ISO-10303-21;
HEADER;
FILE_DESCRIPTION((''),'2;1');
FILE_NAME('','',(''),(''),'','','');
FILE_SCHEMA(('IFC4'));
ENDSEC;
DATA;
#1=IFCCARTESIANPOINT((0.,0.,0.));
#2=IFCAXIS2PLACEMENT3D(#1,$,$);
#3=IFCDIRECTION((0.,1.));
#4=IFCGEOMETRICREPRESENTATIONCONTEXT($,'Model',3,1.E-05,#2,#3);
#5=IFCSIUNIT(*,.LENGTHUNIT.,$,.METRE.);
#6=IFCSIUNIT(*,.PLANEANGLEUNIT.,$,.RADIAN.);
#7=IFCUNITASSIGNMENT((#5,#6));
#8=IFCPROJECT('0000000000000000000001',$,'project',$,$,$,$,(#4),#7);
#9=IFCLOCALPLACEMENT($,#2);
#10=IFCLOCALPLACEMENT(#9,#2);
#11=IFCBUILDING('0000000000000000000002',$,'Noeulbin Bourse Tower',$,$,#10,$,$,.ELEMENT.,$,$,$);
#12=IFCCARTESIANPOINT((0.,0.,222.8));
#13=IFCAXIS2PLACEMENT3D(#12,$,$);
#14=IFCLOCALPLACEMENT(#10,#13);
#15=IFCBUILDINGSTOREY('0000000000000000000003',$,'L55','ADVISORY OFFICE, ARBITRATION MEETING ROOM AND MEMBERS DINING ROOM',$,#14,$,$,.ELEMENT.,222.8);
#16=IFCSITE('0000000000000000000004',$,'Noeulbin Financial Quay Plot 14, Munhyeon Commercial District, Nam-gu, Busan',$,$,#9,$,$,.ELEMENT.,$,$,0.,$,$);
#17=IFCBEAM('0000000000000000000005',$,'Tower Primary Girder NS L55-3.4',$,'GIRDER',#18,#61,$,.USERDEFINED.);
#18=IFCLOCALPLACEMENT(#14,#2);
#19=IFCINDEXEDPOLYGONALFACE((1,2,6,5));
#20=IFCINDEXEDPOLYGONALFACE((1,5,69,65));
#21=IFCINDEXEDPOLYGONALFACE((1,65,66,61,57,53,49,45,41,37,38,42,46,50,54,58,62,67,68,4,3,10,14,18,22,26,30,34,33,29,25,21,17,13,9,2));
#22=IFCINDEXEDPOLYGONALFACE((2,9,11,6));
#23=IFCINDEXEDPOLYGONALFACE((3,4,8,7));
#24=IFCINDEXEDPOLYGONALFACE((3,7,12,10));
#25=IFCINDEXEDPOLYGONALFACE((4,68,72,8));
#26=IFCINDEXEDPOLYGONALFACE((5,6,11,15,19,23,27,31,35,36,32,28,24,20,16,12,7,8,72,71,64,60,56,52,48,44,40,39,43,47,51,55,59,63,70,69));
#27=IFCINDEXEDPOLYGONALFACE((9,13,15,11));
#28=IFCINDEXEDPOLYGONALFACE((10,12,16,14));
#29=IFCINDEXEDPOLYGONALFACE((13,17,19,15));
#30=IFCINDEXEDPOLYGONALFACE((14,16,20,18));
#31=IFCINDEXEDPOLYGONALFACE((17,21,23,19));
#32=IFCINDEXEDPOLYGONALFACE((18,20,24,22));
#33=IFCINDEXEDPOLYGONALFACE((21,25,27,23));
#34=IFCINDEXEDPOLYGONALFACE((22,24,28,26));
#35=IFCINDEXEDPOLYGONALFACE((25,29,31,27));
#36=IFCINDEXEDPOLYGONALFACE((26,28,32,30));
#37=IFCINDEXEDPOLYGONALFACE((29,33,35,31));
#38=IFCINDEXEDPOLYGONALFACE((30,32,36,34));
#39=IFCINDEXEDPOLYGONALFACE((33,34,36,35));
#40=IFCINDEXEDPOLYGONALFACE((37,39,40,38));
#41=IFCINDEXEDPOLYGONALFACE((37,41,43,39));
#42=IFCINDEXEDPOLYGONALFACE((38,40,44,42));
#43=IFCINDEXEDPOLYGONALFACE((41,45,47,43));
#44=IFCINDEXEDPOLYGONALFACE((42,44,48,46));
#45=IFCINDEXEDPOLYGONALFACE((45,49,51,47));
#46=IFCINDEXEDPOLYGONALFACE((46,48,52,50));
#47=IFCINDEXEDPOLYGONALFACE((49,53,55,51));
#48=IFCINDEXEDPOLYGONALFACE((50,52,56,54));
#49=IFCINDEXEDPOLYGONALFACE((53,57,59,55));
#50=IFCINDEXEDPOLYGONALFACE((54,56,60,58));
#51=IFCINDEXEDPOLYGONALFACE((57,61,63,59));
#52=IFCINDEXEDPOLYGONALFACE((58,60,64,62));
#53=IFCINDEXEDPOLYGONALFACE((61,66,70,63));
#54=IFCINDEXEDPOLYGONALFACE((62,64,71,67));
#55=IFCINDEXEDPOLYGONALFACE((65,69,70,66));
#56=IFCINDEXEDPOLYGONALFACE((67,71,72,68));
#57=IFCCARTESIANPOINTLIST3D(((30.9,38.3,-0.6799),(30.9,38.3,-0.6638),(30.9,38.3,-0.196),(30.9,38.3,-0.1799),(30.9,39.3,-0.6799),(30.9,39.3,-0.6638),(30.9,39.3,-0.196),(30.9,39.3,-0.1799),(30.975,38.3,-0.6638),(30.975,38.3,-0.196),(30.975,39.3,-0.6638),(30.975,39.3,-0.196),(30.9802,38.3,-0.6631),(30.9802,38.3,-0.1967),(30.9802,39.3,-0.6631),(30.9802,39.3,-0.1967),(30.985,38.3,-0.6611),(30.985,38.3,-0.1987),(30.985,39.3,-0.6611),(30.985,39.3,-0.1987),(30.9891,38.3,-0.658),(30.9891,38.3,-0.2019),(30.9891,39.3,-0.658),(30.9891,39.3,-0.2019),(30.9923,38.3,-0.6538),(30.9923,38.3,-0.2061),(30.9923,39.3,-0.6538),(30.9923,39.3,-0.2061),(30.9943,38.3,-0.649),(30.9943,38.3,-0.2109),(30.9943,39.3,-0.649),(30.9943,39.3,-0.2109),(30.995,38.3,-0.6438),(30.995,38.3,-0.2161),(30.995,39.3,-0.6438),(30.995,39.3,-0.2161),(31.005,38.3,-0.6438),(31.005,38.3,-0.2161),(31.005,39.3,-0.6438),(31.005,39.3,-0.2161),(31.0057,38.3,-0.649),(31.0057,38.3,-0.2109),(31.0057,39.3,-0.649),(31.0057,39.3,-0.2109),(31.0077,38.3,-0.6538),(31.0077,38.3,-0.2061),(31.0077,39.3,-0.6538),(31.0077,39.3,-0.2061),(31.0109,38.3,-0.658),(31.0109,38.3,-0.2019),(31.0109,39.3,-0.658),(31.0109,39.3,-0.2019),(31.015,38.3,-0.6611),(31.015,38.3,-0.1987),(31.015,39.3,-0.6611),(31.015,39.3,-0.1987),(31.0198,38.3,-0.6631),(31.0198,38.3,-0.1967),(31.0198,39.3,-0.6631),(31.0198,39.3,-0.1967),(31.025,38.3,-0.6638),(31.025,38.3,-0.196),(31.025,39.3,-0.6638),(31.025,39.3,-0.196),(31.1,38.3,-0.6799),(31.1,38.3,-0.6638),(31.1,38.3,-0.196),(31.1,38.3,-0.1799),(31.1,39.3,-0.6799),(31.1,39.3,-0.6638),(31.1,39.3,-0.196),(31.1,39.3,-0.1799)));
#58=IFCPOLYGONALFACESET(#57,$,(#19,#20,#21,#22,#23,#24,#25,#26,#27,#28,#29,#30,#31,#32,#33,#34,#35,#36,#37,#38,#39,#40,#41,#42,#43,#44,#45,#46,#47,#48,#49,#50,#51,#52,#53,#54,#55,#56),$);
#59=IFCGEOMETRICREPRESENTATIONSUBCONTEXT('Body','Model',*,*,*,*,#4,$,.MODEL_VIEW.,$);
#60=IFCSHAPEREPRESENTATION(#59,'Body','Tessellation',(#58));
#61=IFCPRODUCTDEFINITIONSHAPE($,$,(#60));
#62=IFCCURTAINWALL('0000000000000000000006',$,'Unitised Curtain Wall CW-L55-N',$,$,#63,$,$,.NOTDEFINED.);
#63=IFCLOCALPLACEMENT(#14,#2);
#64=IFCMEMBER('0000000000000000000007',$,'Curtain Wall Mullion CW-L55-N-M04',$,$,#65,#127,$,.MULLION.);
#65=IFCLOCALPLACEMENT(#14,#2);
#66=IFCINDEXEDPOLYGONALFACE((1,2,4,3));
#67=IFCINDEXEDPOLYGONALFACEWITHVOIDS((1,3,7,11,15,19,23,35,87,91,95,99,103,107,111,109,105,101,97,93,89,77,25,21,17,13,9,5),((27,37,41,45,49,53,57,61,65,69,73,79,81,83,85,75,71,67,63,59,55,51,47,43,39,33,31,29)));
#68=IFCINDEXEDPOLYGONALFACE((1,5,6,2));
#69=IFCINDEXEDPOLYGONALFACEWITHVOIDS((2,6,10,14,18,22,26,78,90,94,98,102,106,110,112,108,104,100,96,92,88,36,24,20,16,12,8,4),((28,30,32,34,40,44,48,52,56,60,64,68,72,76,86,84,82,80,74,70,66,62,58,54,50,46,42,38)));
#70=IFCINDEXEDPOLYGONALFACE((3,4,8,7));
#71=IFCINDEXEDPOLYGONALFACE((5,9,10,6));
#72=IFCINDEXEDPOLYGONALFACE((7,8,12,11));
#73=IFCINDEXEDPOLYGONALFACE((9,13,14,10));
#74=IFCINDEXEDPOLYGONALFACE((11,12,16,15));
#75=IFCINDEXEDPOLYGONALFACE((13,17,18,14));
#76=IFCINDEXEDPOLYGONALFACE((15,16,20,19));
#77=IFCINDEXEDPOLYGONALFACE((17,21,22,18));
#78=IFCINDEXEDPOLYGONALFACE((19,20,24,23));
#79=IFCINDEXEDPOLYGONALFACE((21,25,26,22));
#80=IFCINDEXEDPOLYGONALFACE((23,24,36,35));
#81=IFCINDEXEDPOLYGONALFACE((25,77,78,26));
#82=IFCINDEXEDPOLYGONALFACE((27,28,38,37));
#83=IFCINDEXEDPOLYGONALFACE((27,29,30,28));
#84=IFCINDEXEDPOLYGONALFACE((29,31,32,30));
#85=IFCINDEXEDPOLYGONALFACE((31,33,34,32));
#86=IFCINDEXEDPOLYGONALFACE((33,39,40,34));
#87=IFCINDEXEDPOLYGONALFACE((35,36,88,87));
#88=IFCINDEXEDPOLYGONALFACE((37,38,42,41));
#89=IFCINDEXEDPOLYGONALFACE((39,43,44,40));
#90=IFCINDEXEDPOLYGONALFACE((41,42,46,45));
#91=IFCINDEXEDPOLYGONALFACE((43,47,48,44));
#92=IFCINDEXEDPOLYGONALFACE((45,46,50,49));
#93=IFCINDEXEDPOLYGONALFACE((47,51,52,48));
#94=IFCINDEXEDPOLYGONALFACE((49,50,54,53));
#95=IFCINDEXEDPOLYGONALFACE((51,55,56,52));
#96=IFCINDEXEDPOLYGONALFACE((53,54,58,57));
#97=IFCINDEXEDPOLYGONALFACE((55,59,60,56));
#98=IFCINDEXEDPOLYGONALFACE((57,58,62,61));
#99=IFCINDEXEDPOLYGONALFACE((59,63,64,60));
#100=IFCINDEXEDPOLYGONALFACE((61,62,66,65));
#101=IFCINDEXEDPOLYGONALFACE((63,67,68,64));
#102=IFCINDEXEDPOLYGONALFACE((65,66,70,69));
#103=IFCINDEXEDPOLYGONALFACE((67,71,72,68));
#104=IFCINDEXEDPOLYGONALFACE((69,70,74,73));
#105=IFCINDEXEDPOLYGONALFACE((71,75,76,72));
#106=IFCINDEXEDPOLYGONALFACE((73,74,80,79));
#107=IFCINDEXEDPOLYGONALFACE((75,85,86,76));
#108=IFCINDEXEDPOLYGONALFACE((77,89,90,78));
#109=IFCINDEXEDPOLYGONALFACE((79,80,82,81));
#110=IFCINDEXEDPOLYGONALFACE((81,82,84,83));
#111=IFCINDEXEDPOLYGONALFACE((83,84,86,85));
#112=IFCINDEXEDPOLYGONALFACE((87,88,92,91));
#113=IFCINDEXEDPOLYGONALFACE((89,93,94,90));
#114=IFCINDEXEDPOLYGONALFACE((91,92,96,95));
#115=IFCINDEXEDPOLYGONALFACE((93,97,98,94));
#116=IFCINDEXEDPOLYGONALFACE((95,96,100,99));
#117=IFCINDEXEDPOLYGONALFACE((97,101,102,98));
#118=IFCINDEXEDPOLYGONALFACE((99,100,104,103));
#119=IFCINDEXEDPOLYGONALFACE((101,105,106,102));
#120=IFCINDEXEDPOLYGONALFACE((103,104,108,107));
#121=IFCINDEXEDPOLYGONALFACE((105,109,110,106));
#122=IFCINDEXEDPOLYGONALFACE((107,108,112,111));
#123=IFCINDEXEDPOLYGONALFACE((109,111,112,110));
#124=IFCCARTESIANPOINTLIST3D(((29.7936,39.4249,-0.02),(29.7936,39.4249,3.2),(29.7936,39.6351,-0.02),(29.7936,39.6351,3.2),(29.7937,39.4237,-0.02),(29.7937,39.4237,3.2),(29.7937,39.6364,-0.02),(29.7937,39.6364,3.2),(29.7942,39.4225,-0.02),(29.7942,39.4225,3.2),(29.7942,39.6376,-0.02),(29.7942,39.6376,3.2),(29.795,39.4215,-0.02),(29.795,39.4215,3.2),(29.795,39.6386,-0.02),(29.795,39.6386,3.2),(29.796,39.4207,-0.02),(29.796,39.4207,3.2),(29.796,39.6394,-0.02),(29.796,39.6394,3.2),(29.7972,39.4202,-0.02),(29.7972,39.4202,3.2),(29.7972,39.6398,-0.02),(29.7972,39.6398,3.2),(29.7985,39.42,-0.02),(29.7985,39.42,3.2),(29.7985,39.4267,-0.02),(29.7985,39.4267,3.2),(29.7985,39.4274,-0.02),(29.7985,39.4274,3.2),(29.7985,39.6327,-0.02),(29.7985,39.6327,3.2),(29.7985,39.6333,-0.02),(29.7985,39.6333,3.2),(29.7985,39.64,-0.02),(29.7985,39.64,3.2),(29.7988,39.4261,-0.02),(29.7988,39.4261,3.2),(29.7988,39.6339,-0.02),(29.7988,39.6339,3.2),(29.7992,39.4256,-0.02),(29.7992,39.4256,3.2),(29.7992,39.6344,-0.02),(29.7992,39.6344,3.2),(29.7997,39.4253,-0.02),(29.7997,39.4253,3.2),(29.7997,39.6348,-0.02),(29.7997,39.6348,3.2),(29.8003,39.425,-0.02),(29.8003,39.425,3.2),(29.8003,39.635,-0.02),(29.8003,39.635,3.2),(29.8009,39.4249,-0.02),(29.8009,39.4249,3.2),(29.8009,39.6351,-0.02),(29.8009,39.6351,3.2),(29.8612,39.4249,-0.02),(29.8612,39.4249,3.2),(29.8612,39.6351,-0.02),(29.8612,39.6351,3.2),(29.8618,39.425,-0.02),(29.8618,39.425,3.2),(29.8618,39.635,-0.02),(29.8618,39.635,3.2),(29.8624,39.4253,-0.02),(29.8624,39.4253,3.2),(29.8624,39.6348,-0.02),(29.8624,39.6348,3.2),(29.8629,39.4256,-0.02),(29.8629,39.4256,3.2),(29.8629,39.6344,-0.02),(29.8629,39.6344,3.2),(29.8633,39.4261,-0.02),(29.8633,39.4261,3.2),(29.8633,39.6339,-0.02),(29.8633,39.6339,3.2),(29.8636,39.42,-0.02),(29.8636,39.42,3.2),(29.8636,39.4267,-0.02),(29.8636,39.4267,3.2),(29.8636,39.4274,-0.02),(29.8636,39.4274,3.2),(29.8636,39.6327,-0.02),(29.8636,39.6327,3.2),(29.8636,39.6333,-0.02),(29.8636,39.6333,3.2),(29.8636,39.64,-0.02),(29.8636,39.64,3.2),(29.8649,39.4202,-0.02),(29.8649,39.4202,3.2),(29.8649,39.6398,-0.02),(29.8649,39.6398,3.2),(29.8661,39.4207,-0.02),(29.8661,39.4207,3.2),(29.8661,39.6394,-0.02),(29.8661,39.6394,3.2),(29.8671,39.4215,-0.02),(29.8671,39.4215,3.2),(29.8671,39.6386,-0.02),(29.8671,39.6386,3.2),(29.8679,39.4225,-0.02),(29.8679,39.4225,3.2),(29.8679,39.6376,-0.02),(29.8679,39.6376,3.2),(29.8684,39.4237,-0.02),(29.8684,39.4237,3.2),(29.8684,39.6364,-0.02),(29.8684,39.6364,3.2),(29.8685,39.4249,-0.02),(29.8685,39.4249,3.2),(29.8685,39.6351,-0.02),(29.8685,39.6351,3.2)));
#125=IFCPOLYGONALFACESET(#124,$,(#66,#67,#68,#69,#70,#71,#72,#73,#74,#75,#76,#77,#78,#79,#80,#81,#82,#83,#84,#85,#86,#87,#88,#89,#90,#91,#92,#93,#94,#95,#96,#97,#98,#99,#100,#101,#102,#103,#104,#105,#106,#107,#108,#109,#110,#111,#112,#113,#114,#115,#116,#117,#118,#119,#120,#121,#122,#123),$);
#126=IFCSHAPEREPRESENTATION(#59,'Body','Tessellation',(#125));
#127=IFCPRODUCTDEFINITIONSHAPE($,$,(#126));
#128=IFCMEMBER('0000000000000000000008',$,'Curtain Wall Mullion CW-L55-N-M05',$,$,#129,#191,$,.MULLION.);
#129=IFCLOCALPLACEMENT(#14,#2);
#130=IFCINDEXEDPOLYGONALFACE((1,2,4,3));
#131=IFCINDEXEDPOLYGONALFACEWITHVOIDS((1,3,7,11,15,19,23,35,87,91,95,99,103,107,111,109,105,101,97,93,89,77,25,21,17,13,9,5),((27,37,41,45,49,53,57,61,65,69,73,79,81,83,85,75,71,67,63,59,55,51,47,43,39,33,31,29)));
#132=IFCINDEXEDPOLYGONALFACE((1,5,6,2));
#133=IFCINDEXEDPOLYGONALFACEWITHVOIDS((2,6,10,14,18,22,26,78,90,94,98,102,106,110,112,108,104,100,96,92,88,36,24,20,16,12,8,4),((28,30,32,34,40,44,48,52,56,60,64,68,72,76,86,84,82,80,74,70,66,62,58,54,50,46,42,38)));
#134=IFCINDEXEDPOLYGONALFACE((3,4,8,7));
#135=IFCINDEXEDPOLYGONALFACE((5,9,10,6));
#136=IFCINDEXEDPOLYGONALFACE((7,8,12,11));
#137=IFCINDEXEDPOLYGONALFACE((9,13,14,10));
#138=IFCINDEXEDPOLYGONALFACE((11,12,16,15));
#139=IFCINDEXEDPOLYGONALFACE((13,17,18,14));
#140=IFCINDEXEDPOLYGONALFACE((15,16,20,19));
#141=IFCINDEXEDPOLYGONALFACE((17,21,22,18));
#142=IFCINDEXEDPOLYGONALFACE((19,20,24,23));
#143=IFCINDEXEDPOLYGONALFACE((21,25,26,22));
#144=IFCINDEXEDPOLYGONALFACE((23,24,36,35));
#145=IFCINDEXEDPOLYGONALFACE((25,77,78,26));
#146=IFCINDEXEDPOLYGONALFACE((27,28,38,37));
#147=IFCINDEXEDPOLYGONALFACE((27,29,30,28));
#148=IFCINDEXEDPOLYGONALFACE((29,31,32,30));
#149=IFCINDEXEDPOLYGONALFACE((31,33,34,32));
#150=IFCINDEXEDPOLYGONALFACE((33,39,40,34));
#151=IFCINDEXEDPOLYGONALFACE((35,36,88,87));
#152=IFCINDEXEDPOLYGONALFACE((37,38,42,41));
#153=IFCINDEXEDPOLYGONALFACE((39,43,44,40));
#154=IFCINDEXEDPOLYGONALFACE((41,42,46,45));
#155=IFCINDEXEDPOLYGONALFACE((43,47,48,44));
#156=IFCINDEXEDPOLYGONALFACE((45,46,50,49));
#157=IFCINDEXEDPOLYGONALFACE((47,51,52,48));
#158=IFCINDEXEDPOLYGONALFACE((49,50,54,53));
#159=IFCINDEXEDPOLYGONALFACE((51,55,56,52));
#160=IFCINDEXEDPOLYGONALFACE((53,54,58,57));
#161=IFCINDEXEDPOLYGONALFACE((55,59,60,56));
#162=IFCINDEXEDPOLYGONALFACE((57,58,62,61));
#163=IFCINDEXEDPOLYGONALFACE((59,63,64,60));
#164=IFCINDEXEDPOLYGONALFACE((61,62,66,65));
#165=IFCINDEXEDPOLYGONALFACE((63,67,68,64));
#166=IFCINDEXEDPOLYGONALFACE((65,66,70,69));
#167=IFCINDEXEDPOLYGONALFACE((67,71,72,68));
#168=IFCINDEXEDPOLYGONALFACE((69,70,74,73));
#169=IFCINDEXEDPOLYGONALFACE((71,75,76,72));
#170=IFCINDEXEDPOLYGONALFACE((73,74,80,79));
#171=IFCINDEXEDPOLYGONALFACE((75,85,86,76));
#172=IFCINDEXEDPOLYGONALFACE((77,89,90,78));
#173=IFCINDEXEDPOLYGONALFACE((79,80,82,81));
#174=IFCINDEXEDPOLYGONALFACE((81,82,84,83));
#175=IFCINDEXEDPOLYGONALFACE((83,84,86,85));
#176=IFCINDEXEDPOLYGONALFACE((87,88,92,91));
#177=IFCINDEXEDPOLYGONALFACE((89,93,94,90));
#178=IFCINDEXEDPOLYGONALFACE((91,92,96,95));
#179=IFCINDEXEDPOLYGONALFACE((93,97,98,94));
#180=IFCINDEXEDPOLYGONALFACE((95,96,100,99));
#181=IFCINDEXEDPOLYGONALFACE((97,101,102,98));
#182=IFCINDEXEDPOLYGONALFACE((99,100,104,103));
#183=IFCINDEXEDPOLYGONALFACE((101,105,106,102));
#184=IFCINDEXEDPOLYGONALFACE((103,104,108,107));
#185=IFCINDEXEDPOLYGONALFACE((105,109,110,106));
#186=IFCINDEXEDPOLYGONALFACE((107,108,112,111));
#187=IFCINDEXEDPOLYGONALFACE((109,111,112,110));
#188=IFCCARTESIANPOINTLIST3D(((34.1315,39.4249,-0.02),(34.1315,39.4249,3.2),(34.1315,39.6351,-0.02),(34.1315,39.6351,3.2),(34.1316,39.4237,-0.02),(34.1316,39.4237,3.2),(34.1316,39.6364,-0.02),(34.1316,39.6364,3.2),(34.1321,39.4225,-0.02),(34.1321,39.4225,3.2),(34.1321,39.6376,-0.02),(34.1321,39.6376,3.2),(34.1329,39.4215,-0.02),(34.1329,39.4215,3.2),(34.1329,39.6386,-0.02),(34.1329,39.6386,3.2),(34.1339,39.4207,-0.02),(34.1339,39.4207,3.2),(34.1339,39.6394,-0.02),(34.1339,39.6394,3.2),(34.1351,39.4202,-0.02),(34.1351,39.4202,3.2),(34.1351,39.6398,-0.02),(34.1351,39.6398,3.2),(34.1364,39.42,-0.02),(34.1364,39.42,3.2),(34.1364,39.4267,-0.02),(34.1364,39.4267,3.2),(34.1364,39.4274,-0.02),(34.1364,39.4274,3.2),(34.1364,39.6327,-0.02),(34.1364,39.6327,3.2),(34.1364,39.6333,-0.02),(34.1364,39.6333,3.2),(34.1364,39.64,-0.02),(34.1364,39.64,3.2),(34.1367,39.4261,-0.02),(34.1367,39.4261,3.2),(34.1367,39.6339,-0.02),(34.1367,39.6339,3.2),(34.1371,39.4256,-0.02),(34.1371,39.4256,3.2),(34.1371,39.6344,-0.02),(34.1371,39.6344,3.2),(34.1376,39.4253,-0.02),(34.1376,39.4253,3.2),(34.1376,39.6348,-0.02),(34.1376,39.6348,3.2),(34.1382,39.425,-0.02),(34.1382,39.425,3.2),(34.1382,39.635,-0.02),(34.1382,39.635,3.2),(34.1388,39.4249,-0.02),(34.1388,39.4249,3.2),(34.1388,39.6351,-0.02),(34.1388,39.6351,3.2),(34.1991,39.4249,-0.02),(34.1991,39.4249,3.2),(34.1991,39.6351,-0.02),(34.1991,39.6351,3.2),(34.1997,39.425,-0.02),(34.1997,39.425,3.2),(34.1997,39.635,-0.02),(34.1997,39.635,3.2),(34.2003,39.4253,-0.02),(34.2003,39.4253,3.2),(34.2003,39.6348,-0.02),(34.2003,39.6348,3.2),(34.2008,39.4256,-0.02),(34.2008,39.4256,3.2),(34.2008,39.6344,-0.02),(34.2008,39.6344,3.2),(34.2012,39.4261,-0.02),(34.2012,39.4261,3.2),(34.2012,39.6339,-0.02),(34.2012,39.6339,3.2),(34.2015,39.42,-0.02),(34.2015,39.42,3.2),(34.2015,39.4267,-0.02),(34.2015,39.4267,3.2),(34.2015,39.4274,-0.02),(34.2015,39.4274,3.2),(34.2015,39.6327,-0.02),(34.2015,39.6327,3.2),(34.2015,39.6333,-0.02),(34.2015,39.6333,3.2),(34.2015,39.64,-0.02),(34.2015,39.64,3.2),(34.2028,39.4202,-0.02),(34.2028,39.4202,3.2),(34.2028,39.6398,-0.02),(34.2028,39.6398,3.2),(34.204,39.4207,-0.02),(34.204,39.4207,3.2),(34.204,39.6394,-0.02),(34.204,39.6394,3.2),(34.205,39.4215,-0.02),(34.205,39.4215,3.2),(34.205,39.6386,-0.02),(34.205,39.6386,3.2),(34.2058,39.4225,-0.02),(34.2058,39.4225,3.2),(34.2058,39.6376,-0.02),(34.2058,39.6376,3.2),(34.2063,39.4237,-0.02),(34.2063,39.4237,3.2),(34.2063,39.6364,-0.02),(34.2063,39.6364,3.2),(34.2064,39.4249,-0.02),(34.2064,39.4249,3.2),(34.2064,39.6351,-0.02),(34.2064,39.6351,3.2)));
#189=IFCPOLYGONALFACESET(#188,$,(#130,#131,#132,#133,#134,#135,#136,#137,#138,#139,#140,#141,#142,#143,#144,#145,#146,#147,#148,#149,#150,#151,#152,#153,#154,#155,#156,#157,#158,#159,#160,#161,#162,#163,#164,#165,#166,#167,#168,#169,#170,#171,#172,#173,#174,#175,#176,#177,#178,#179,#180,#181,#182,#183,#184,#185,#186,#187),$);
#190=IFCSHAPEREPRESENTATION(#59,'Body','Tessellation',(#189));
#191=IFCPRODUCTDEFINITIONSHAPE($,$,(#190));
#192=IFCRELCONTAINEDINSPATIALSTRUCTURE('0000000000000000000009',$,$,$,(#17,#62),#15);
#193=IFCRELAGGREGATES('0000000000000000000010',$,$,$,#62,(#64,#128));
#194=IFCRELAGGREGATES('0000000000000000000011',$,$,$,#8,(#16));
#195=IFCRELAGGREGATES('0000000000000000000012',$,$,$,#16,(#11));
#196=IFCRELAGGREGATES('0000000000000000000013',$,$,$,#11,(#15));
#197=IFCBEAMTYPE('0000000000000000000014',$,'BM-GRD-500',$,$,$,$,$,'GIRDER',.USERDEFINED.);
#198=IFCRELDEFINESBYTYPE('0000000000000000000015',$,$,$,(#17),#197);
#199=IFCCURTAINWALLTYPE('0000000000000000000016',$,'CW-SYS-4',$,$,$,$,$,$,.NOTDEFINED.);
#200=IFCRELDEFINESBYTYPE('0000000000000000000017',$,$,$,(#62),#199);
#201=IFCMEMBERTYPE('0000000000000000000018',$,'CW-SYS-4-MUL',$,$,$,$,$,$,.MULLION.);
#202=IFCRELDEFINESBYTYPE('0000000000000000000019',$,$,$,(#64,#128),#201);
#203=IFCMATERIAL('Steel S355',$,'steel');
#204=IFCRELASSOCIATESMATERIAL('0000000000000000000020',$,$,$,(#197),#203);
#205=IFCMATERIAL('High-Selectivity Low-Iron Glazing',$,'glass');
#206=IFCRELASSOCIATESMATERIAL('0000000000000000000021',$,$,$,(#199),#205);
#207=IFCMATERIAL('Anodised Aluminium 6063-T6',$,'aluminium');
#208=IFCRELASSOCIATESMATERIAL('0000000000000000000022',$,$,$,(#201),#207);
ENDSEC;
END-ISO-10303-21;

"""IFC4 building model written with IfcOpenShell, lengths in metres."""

from ifc_helpers import new_model, si_unit, direction, frame, origin, origin_2d, place, context, subcontext, project, spatial, hollow_rectangle, i_section, extrude, material, material_profile, profile_set, type_object, element, aggregate, save


model = new_model("IFC4")

# Units and contexts
model_context = context("Model", 3, precision=1e-05, world=origin(), true_north=direction((0.0, 1.0)))
body_context = subcontext(model_context, "Body", "Model", "MODEL_VIEW")
ifc_project = project(units=[si_unit("LENGTHUNIT", "METRE"), si_unit("PLANEANGLEUNIT", "RADIAN")], contexts=[model_context])

# Site, building, storey
site_placement = place(None, origin())
site = spatial("IfcSite", under=ifc_project, at=site_placement, Name="Noeulbin Financial Quay Plot 14, Munhyeon Commercial District, Nam-gu, Busan", CompositionType="ELEMENT", RefElevation=0.0)
building_placement = place(site_placement, origin())
building = spatial("IfcBuilding", under=site, at=building_placement, Name="Noeulbin Bourse Tower", CompositionType="ELEMENT")
storey_placement = place(building_placement, frame((0.0, 0.0, 222.8)))
storey = spatial("IfcBuildingStorey", under=building, at=storey_placement, Name="L55", Description="ADVISORY OFFICE, ARBITRATION MEETING ROOM AND MEMBERS DINING ROOM", CompositionType="ELEMENT", Elevation=222.8)

# Shared definitions
ifc_material_1 = material(Name="Steel S355", Category="steel")

# Beam
ifc_material_profile_1 = material_profile(ifc_material_1, i_section(OverallWidth=0.2, OverallDepth=0.5, WebThickness=0.01, FlangeThickness=0.0161, FilletRadius=0.02, at=origin_2d()), Name="H-500x200x10x16", Category="LoadBearing")
ifc_profile_set_1 = profile_set([ifc_material_profile_1], Name="Steel S355")
beam_type = type_object("IfcBeamType", Name="BM-GRD-500", ElementType="GIRDER", PredefinedType="USERDEFINED", material=ifc_profile_set_1)
beam_placement = place(storey_placement, frame((31.0, 38.3, -0.4299), z_axis=(0.0, 1.0, 0.0), x_axis=(-1.0, 0.0, 0.0)))
element("IfcBeam", 1, at=beam_placement, inside=storey, type_object=beam_type, Name="Tower Primary Girder NS L55-3.4", ObjectType="GIRDER", PredefinedType="USERDEFINED", context=body_context, shape_type="SweptSolid", body=[
    extrude(i_section(OverallWidth=0.2, OverallDepth=0.5, WebThickness=0.01, FlangeThickness=0.0161, FilletRadius=0.02, at=origin_2d()), origin(), (0.0, 0.0, 1.0), 1.0),
])

# Curtain wall, members
ifc_material_2 = material(Name="High-Selectivity Low-Iron Glazing", Category="glass")
curtain_wall_type = type_object("IfcCurtainWallType", Name="CW-SYS-4", PredefinedType="NOTDEFINED", material=ifc_material_2)
curtain_wall_placement = place(storey_placement, origin())
curtain_wall = element("IfcCurtainWall", 2, at=curtain_wall_placement, inside=storey, type_object=curtain_wall_type, Name="Unitised Curtain Wall CW-L55-N", PredefinedType="NOTDEFINED")
ifc_material_3 = material(Name="Anodised Aluminium 6063-T6", Category="aluminium")
ifc_material_profile_2 = material_profile(ifc_material_3, hollow_rectangle(XDim=0.075, YDim=0.22, WallThickness=0.0049, InnerFilletRadius=0.0024, OuterFilletRadius=0.0049, at=origin_2d()), Name="ALU-MULL-75x220x5", Category="LoadBearing")
ifc_profile_set_2 = profile_set([ifc_material_profile_2], Name="Anodised Aluminium 6063-T6")
member_type = type_object("IfcMemberType", Name="CW-SYS-4-MUL", PredefinedType="MULLION", material=ifc_profile_set_2)
member_1_placement = place(storey_placement, frame((29.8311, 39.53, -0.02), z_axis=(0.0, 0.0, 1.0), x_axis=(1.0, 0.0, 0.0)))
member_1 = element("IfcMember", 3, at=member_1_placement, type_object=member_type, Name="Curtain Wall Mullion CW-L55-N-M04", PredefinedType="MULLION", context=body_context, shape_type="SweptSolid", body=[
    extrude(hollow_rectangle(XDim=0.075, YDim=0.22, WallThickness=0.0049, InnerFilletRadius=0.0024, OuterFilletRadius=0.0049, at=origin_2d()), origin(), (0.0, 0.0, 1.0), 3.22),
])
member_2_placement = place(storey_placement, frame((34.1689, 39.53, -0.02), z_axis=(0.0, 0.0, 1.0), x_axis=(1.0, 0.0, 0.0)))
member_2 = element("IfcMember", 4, at=member_2_placement, type_object=member_type, Name="Curtain Wall Mullion CW-L55-N-M05", PredefinedType="MULLION", context=body_context, shape_type="SweptSolid", body=[
    extrude(hollow_rectangle(XDim=0.075, YDim=0.22, WallThickness=0.0049, InnerFilletRadius=0.0024, OuterFilletRadius=0.0049, at=origin_2d()), origin(), (0.0, 0.0, 1.0), 3.22),
])
aggregate(curtain_wall, [member_1, member_2])

save(model, "model.ifc")
